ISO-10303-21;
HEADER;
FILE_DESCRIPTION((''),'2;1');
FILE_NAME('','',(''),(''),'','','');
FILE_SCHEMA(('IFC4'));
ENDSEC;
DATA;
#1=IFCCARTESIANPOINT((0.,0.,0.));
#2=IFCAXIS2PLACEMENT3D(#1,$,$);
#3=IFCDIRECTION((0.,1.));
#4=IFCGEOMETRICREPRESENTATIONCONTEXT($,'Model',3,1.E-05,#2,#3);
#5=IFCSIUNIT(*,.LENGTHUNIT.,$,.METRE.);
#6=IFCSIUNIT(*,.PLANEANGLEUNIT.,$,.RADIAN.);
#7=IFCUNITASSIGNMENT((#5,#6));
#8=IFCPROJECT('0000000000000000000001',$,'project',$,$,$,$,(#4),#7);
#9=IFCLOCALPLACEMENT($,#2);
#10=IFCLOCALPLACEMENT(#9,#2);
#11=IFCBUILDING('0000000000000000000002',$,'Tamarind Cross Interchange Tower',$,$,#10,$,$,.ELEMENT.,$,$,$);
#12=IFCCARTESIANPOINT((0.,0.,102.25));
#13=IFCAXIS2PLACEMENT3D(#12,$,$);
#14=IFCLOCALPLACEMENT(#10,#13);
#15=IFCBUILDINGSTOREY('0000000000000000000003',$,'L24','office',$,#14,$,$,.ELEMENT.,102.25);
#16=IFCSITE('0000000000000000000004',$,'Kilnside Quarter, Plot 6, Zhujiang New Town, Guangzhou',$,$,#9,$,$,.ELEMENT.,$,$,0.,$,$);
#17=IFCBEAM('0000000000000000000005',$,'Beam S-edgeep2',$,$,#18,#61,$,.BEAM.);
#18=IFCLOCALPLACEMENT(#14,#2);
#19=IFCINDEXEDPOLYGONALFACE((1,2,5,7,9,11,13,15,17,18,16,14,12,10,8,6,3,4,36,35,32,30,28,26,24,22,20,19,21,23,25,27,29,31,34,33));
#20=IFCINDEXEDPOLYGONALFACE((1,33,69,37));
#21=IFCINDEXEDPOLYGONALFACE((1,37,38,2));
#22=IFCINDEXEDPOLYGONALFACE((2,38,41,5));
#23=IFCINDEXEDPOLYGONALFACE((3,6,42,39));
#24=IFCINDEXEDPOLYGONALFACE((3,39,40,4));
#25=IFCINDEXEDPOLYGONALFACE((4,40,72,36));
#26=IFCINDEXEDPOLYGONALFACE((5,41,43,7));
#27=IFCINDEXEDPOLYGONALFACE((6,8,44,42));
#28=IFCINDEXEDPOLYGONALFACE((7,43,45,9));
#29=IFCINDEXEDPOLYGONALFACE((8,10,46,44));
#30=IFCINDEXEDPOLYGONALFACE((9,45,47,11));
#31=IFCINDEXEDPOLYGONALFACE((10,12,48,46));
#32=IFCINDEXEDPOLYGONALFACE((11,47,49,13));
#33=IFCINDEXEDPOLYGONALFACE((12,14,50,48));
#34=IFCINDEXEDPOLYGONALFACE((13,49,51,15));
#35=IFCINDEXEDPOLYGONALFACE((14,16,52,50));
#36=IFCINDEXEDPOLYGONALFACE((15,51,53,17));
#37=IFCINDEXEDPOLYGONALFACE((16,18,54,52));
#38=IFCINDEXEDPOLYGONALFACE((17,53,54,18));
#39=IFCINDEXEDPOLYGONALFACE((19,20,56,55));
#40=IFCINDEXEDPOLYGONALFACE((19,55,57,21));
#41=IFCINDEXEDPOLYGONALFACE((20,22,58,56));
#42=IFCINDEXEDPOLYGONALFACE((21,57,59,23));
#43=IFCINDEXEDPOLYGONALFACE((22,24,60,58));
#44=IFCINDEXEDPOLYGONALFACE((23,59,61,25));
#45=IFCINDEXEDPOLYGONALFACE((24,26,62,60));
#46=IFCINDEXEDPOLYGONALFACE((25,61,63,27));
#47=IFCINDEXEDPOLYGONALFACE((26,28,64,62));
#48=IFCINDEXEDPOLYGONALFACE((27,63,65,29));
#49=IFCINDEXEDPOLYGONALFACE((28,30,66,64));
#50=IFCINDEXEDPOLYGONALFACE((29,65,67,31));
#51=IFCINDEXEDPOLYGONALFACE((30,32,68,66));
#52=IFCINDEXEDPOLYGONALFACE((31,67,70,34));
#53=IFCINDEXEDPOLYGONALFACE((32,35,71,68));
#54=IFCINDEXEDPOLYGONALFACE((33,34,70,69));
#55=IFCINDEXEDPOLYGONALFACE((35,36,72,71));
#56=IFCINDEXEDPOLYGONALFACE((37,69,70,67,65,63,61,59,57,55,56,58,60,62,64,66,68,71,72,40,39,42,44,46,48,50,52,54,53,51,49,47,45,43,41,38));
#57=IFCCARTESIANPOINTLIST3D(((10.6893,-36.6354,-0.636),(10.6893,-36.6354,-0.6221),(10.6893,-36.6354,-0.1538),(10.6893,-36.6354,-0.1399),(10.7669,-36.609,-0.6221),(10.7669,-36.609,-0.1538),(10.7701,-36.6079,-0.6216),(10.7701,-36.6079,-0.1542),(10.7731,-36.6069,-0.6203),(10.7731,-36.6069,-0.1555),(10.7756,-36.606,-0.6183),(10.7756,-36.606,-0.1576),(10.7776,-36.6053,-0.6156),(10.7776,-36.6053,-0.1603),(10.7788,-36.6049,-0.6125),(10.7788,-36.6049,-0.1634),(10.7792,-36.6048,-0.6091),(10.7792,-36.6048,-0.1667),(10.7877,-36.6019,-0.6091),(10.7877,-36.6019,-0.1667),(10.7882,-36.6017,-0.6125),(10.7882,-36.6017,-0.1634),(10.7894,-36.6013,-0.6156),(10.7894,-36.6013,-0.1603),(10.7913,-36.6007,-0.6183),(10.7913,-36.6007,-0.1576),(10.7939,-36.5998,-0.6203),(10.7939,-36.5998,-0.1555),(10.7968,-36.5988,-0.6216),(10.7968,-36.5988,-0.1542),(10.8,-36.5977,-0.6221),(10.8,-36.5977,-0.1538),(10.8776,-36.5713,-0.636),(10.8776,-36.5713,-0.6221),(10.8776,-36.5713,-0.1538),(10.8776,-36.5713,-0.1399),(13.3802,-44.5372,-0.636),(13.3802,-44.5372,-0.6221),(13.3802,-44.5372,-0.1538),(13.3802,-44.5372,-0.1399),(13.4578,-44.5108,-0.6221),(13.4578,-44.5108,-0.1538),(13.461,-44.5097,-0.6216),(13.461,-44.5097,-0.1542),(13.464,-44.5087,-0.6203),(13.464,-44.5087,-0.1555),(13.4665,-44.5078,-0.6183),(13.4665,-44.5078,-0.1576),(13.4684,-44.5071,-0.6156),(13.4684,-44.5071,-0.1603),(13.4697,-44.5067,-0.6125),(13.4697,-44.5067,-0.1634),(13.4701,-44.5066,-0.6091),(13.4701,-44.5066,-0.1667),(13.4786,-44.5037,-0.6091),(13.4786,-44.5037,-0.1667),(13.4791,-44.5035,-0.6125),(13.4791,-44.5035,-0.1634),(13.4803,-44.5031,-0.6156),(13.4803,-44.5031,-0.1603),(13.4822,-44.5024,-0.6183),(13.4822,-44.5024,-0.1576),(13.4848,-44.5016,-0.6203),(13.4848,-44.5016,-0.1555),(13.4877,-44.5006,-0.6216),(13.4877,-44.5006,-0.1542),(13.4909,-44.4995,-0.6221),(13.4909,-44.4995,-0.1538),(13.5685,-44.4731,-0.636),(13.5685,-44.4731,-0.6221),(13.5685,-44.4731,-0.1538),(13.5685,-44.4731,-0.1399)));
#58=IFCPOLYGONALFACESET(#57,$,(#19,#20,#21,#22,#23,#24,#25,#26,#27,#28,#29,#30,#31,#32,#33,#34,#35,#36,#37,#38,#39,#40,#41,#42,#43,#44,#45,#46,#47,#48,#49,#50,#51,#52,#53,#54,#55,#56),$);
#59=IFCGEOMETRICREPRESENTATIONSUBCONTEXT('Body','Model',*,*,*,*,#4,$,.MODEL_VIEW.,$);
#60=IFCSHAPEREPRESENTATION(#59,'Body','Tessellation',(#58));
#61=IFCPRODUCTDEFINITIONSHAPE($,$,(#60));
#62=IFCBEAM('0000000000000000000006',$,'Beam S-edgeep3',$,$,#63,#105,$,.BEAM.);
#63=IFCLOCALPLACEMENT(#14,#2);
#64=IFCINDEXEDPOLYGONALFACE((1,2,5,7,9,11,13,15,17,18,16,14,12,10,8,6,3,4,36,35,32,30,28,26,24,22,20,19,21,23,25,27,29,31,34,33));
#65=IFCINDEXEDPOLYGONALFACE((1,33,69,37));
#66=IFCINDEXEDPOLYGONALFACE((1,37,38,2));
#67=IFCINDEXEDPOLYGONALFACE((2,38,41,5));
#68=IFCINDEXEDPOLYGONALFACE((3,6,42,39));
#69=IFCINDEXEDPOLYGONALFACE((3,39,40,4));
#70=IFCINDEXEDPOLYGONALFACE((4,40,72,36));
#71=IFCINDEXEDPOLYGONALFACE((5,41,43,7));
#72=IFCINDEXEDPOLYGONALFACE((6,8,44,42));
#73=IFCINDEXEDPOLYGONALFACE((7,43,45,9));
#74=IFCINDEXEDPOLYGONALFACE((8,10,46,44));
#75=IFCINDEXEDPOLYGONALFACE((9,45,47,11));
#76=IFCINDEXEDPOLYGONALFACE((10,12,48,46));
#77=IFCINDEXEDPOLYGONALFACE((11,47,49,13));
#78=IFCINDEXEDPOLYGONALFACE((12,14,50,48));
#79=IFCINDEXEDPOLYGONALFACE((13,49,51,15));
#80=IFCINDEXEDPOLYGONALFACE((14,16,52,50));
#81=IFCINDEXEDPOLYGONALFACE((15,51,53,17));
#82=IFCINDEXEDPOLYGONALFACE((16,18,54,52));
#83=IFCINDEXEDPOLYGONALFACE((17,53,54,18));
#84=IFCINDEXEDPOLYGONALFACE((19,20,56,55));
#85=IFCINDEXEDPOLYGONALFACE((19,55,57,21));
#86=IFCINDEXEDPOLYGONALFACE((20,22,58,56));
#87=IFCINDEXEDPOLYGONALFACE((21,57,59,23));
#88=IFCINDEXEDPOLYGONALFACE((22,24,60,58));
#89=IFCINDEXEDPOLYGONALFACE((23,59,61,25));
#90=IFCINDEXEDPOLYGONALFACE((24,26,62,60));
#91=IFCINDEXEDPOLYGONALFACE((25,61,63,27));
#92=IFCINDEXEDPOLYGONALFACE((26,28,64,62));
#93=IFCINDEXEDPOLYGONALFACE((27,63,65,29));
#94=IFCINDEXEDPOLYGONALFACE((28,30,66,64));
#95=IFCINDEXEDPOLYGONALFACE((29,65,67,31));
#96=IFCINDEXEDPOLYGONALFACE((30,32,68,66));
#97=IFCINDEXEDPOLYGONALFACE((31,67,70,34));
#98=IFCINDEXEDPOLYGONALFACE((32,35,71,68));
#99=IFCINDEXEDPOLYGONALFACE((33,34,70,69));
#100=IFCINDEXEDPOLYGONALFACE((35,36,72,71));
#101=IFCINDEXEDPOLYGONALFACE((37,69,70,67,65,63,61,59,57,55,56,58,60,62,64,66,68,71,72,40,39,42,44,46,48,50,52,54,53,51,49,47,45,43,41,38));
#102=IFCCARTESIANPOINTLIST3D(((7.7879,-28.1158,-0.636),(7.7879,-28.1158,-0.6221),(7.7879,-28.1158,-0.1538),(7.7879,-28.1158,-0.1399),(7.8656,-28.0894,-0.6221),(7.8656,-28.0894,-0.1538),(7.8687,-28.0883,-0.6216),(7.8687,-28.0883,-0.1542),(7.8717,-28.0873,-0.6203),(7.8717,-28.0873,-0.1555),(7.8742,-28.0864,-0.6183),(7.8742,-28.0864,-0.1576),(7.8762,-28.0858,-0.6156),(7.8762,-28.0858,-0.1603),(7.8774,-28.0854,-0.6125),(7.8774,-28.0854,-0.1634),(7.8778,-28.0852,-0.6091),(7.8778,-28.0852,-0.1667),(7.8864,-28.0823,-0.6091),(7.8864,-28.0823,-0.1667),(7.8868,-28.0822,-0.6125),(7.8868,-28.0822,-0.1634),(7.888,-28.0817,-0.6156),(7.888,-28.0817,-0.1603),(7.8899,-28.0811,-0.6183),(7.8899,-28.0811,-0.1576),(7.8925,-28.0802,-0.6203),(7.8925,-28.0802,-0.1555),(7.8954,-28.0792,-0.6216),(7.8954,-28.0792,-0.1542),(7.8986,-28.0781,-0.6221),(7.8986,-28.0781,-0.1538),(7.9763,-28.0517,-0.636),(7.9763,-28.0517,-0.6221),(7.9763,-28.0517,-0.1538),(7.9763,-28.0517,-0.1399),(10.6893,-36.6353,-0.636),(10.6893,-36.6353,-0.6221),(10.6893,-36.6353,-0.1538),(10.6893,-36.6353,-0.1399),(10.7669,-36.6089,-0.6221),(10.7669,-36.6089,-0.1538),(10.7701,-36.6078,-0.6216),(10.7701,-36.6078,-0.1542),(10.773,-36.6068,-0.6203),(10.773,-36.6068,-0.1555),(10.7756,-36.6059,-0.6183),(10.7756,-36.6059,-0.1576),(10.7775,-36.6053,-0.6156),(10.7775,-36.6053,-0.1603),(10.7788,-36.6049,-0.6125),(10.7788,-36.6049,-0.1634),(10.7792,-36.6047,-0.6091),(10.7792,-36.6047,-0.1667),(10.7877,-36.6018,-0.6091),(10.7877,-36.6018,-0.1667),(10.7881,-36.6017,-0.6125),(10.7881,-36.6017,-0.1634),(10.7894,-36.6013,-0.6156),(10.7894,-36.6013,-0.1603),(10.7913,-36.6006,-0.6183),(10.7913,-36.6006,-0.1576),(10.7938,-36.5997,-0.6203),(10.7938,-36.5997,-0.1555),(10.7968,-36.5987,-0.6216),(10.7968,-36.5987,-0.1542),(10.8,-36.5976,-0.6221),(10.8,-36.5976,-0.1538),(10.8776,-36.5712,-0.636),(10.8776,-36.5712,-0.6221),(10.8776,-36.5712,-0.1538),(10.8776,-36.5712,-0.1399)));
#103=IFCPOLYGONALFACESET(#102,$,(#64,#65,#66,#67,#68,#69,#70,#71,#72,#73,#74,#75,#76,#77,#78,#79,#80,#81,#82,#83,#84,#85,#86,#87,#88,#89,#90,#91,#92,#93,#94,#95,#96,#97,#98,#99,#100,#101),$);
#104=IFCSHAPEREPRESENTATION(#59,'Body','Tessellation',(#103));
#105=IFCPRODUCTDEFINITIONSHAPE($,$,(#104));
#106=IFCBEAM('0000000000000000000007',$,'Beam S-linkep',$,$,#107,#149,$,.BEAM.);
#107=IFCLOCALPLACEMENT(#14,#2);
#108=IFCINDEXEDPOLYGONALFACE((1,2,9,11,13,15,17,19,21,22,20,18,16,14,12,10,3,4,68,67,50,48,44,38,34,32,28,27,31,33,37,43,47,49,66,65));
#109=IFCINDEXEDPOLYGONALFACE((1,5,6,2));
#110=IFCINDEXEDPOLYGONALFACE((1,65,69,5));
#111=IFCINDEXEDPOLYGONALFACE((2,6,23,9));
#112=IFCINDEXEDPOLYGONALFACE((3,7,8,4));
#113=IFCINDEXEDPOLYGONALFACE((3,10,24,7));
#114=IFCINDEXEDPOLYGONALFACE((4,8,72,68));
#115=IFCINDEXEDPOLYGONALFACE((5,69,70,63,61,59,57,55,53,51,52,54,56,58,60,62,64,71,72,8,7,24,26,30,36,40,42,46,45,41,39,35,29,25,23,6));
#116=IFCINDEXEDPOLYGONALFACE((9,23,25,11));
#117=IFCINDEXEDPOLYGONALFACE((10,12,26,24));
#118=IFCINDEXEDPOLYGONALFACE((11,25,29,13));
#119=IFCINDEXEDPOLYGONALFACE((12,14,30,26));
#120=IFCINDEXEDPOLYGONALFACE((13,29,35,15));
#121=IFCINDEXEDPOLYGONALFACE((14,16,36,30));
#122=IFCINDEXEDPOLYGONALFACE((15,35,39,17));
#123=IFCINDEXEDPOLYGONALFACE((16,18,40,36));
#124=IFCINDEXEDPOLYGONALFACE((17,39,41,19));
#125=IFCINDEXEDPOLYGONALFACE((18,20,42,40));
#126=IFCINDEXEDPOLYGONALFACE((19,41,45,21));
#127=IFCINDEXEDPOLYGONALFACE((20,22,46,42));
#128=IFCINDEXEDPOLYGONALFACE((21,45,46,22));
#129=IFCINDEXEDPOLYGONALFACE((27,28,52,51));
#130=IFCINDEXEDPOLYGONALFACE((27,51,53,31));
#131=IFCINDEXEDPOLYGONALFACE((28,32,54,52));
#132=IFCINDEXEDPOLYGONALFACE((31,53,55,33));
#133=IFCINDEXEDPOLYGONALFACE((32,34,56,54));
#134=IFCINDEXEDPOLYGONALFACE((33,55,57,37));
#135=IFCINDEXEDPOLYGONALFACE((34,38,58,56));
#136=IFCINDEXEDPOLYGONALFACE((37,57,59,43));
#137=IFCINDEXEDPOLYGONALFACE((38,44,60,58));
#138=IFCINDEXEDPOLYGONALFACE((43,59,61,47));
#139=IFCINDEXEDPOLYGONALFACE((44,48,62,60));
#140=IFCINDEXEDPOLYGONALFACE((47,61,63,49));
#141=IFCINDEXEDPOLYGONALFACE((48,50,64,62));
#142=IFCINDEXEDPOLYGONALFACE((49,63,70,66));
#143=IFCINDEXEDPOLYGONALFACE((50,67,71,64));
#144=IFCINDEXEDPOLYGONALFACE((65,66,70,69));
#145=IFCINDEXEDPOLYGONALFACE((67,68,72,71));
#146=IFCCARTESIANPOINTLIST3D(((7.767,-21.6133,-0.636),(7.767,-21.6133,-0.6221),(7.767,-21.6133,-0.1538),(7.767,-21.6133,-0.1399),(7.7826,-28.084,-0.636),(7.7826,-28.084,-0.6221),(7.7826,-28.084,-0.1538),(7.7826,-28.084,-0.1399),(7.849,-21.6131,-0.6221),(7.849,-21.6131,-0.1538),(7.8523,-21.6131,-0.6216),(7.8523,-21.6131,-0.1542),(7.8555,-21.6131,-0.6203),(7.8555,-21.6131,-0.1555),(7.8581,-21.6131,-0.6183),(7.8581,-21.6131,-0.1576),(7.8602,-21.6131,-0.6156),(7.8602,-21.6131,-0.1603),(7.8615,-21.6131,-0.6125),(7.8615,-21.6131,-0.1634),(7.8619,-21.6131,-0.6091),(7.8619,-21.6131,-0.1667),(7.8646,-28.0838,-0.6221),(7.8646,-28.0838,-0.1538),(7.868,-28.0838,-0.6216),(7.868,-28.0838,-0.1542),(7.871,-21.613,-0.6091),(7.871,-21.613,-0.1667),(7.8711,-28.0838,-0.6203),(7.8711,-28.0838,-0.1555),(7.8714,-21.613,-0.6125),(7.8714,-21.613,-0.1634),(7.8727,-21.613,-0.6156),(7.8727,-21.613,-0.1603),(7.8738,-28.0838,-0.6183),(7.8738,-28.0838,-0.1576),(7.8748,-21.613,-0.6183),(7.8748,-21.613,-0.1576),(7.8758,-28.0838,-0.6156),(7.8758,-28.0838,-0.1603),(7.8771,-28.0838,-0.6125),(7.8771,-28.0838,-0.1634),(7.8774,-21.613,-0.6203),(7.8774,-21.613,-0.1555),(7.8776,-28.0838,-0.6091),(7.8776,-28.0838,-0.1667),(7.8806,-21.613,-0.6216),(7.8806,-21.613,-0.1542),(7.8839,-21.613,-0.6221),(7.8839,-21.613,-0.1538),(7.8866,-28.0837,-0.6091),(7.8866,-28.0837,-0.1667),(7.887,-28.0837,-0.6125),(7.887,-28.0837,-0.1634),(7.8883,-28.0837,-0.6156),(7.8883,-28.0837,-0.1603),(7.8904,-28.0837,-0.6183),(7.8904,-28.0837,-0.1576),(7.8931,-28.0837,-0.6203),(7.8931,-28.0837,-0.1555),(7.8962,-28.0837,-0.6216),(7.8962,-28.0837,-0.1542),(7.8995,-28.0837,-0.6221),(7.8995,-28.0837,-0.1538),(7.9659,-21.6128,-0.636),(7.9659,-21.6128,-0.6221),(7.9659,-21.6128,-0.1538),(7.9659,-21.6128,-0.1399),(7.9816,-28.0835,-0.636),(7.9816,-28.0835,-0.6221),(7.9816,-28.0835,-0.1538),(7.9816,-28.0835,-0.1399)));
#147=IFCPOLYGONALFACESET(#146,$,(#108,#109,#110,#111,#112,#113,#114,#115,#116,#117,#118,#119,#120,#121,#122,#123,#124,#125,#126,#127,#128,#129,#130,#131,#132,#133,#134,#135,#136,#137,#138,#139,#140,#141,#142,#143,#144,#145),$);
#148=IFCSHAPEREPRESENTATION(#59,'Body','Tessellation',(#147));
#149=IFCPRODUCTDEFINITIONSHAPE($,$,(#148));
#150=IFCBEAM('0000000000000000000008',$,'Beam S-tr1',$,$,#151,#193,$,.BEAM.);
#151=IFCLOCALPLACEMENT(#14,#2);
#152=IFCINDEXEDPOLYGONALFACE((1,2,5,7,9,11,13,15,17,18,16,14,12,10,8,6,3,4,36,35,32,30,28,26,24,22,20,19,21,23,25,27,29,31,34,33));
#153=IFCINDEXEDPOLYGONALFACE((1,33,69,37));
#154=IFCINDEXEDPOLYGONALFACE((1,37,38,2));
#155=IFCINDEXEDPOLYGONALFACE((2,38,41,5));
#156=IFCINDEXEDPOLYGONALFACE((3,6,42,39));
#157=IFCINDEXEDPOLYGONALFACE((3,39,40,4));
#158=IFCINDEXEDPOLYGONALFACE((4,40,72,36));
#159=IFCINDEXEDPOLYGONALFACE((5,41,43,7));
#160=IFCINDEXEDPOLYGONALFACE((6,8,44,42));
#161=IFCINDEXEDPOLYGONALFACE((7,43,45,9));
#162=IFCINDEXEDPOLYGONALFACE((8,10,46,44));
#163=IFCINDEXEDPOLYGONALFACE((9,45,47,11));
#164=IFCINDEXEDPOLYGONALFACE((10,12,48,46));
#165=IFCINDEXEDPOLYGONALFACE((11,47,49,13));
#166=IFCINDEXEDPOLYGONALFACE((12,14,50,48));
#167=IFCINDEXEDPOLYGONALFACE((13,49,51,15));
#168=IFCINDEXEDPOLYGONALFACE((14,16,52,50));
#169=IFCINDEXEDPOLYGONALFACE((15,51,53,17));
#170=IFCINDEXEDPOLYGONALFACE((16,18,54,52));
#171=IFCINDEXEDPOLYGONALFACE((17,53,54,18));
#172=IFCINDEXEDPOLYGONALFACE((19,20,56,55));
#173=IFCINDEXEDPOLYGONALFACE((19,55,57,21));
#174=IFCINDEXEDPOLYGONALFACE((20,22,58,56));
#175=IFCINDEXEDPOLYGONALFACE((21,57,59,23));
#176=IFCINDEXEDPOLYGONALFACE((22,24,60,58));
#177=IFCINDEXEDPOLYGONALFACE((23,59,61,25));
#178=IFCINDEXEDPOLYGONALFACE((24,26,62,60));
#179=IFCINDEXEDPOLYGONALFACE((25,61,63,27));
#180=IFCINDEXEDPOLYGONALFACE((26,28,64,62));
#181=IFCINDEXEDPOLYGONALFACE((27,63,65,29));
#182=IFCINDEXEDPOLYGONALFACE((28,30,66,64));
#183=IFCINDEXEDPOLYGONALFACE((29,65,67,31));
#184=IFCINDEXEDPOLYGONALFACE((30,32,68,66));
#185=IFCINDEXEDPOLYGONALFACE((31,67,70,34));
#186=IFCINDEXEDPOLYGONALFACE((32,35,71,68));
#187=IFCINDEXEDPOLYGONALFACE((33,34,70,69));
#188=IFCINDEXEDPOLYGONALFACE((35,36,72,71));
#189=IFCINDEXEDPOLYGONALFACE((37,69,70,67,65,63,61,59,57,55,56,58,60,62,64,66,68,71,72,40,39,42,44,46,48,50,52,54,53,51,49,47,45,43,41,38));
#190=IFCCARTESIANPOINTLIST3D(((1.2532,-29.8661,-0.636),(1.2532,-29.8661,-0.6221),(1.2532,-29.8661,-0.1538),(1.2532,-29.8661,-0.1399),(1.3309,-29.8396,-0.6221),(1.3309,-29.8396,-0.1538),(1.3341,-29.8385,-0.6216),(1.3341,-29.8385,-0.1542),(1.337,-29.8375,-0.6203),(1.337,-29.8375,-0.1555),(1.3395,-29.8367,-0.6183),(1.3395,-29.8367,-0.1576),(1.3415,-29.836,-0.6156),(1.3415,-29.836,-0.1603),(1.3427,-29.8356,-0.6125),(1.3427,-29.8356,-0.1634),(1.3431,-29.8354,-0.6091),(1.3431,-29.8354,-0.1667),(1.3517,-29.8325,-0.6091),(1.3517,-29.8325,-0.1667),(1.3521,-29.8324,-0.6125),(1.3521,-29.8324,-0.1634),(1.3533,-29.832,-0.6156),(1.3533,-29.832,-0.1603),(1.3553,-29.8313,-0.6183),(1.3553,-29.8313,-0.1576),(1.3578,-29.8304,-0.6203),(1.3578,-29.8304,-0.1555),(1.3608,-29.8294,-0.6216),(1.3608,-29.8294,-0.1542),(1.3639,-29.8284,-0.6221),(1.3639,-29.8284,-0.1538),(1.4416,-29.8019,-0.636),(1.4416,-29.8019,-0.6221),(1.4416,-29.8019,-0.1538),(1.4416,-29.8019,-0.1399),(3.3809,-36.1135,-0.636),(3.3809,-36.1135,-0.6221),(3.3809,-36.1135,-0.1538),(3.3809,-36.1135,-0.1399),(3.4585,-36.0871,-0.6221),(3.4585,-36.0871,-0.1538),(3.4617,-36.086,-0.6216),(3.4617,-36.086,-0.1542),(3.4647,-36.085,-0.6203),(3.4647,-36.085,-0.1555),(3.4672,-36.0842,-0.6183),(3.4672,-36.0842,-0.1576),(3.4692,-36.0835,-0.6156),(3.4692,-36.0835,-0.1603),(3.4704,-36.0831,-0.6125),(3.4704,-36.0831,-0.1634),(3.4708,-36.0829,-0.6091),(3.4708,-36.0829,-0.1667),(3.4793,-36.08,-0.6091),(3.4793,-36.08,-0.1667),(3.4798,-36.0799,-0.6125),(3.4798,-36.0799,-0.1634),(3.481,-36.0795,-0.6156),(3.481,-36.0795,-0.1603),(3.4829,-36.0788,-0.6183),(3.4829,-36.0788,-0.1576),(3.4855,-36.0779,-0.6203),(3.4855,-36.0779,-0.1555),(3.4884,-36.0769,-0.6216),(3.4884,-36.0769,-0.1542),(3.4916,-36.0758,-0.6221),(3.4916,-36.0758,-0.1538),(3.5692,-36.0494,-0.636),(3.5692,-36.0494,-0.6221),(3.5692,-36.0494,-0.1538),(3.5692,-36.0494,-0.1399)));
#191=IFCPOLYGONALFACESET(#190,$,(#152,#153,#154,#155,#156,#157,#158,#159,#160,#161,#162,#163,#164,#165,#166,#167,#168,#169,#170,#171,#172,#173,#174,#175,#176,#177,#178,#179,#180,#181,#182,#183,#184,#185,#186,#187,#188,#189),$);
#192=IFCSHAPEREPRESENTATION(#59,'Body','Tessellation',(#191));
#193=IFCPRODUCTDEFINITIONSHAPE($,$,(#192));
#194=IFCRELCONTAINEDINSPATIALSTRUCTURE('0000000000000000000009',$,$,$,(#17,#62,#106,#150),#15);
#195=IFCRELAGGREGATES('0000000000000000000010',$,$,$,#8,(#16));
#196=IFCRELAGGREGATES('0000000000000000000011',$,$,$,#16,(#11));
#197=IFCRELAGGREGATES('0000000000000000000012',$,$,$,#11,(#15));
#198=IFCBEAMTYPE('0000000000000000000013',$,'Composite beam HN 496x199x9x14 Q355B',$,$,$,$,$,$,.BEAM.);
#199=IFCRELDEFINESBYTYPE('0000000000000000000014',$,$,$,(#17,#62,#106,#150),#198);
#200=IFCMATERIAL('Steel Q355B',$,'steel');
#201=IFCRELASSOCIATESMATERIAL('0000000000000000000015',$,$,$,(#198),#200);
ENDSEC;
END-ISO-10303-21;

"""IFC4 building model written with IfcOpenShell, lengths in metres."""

from ifc_helpers import new_model, si_unit, direction, frame, origin, origin_2d, place, context, subcontext, project, spatial, i_section, extrude, material, material_profile, profile_set, type_object, element, save


model = new_model("IFC4")

# Units and contexts
model_context = context("Model", 3, precision=1e-05, world=origin(), true_north=direction((0.0, 1.0)))
body_context = subcontext(model_context, "Body", "Model", "MODEL_VIEW")
ifc_project = project(units=[si_unit("LENGTHUNIT", "METRE"), si_unit("PLANEANGLEUNIT", "RADIAN")], contexts=[model_context])

# Site, building, storey
site_placement = place(None, origin())
site = spatial("IfcSite", under=ifc_project, at=site_placement, Name="Kilnside Quarter, Plot 6, Zhujiang New Town, Guangzhou", CompositionType="ELEMENT", RefElevation=0.0)
building_placement = place(site_placement, origin())
building = spatial("IfcBuilding", under=site, at=building_placement, Name="Tamarind Cross Interchange Tower", CompositionType="ELEMENT")
storey_placement = place(building_placement, frame((0.0, 0.0, 102.25)))
storey = spatial("IfcBuildingStorey", under=building, at=storey_placement, Name="L24", Description="office", CompositionType="ELEMENT", Elevation=102.25)

# Beams
ifc_material_1 = material(Name="Steel Q355B", Category="steel")
ifc_material_profile_1 = material_profile(ifc_material_1, i_section(OverallWidth=0.199, OverallDepth=0.4961, WebThickness=0.009, FlangeThickness=0.0139, FilletRadius=0.0129, at=origin_2d()), Name="HN 496x199x9x14")
ifc_profile_set_1 = profile_set([ifc_material_profile_1], Name="Steel Q355B")
beam_type_1 = type_object("IfcBeamType", Name="Composite beam HN 496x199x9x14 Q355B", PredefinedType="BEAM", material=ifc_profile_set_1)
beam_1_placement = place(storey_placement, frame((13.4744, -44.5051, -0.3879), z_axis=(-0.322363, 0.946616, 0.0), x_axis=(-0.946616, -0.322363, 0.0)))
element("IfcBeam", 1, at=beam_1_placement, inside=storey, type_object=beam_type_1, Name="Beam S-edgeep2", PredefinedType="BEAM", context=body_context, shape_type="SweptSolid", body=[
    extrude(i_section(OverallWidth=0.199, OverallDepth=0.4961, WebThickness=0.009, FlangeThickness=0.0139, FilletRadius=0.0129, at=origin_2d()), origin(), (0.0, 0.0, 1.0), 8.3474),
])
beam_2_placement = place(storey_placement, frame((10.7834, -36.6033, -0.3879), z_axis=(-0.322373, 0.946613, 0.0), x_axis=(-0.946613, -0.322373, 0.0)))
element("IfcBeam", 2, at=beam_2_placement, inside=storey, type_object=beam_type_1, Name="Beam S-edgeep3", PredefinedType="BEAM", context=body_context, shape_type="SweptSolid", body=[
    extrude(i_section(OverallWidth=0.199, OverallDepth=0.4961, WebThickness=0.009, FlangeThickness=0.0139, FilletRadius=0.0129, at=origin_2d()), origin(), (0.0, 0.0, 1.0), 9.0),
])
beam_3_placement = place(storey_placement, frame((7.8821, -28.0837, -0.3879), z_axis=(-0.002415, 0.999997, 0.0), x_axis=(-0.999997, -0.002415, 0.0)))
element("IfcBeam", 3, at=beam_3_placement, inside=storey, type_object=beam_type_1, Name="Beam S-linkep", PredefinedType="BEAM", context=body_context, shape_type="SweptSolid", body=[
    extrude(i_section(OverallWidth=0.199, OverallDepth=0.4961, WebThickness=0.009, FlangeThickness=0.0139, FilletRadius=0.0129, at=origin_2d()), origin(), (0.0, 0.0, 1.0), 6.4707),
])
for number, where, z_axis, x_axis, name in (
    (4, (1.3474, -29.834, -0.3879), (0.32238, -0.94661, 0.0), (0.94661, 0.32238, 0.0), "Beam S-tr1"),
):
    element("IfcBeam", number, at=place(storey_placement, frame(where, z_axis=z_axis, x_axis=x_axis)), inside=storey, type_object=beam_type_1, Name=name, PredefinedType="BEAM", context=body_context, shape_type="SweptSolid", body=[
        extrude(i_section(OverallWidth=0.199, OverallDepth=0.4961, WebThickness=0.009, FlangeThickness=0.0139, FilletRadius=0.0129, at=origin_2d()), origin(), (0.0, 0.0, 1.0), 6.5999),
    ])

save(model, "model.ifc")
